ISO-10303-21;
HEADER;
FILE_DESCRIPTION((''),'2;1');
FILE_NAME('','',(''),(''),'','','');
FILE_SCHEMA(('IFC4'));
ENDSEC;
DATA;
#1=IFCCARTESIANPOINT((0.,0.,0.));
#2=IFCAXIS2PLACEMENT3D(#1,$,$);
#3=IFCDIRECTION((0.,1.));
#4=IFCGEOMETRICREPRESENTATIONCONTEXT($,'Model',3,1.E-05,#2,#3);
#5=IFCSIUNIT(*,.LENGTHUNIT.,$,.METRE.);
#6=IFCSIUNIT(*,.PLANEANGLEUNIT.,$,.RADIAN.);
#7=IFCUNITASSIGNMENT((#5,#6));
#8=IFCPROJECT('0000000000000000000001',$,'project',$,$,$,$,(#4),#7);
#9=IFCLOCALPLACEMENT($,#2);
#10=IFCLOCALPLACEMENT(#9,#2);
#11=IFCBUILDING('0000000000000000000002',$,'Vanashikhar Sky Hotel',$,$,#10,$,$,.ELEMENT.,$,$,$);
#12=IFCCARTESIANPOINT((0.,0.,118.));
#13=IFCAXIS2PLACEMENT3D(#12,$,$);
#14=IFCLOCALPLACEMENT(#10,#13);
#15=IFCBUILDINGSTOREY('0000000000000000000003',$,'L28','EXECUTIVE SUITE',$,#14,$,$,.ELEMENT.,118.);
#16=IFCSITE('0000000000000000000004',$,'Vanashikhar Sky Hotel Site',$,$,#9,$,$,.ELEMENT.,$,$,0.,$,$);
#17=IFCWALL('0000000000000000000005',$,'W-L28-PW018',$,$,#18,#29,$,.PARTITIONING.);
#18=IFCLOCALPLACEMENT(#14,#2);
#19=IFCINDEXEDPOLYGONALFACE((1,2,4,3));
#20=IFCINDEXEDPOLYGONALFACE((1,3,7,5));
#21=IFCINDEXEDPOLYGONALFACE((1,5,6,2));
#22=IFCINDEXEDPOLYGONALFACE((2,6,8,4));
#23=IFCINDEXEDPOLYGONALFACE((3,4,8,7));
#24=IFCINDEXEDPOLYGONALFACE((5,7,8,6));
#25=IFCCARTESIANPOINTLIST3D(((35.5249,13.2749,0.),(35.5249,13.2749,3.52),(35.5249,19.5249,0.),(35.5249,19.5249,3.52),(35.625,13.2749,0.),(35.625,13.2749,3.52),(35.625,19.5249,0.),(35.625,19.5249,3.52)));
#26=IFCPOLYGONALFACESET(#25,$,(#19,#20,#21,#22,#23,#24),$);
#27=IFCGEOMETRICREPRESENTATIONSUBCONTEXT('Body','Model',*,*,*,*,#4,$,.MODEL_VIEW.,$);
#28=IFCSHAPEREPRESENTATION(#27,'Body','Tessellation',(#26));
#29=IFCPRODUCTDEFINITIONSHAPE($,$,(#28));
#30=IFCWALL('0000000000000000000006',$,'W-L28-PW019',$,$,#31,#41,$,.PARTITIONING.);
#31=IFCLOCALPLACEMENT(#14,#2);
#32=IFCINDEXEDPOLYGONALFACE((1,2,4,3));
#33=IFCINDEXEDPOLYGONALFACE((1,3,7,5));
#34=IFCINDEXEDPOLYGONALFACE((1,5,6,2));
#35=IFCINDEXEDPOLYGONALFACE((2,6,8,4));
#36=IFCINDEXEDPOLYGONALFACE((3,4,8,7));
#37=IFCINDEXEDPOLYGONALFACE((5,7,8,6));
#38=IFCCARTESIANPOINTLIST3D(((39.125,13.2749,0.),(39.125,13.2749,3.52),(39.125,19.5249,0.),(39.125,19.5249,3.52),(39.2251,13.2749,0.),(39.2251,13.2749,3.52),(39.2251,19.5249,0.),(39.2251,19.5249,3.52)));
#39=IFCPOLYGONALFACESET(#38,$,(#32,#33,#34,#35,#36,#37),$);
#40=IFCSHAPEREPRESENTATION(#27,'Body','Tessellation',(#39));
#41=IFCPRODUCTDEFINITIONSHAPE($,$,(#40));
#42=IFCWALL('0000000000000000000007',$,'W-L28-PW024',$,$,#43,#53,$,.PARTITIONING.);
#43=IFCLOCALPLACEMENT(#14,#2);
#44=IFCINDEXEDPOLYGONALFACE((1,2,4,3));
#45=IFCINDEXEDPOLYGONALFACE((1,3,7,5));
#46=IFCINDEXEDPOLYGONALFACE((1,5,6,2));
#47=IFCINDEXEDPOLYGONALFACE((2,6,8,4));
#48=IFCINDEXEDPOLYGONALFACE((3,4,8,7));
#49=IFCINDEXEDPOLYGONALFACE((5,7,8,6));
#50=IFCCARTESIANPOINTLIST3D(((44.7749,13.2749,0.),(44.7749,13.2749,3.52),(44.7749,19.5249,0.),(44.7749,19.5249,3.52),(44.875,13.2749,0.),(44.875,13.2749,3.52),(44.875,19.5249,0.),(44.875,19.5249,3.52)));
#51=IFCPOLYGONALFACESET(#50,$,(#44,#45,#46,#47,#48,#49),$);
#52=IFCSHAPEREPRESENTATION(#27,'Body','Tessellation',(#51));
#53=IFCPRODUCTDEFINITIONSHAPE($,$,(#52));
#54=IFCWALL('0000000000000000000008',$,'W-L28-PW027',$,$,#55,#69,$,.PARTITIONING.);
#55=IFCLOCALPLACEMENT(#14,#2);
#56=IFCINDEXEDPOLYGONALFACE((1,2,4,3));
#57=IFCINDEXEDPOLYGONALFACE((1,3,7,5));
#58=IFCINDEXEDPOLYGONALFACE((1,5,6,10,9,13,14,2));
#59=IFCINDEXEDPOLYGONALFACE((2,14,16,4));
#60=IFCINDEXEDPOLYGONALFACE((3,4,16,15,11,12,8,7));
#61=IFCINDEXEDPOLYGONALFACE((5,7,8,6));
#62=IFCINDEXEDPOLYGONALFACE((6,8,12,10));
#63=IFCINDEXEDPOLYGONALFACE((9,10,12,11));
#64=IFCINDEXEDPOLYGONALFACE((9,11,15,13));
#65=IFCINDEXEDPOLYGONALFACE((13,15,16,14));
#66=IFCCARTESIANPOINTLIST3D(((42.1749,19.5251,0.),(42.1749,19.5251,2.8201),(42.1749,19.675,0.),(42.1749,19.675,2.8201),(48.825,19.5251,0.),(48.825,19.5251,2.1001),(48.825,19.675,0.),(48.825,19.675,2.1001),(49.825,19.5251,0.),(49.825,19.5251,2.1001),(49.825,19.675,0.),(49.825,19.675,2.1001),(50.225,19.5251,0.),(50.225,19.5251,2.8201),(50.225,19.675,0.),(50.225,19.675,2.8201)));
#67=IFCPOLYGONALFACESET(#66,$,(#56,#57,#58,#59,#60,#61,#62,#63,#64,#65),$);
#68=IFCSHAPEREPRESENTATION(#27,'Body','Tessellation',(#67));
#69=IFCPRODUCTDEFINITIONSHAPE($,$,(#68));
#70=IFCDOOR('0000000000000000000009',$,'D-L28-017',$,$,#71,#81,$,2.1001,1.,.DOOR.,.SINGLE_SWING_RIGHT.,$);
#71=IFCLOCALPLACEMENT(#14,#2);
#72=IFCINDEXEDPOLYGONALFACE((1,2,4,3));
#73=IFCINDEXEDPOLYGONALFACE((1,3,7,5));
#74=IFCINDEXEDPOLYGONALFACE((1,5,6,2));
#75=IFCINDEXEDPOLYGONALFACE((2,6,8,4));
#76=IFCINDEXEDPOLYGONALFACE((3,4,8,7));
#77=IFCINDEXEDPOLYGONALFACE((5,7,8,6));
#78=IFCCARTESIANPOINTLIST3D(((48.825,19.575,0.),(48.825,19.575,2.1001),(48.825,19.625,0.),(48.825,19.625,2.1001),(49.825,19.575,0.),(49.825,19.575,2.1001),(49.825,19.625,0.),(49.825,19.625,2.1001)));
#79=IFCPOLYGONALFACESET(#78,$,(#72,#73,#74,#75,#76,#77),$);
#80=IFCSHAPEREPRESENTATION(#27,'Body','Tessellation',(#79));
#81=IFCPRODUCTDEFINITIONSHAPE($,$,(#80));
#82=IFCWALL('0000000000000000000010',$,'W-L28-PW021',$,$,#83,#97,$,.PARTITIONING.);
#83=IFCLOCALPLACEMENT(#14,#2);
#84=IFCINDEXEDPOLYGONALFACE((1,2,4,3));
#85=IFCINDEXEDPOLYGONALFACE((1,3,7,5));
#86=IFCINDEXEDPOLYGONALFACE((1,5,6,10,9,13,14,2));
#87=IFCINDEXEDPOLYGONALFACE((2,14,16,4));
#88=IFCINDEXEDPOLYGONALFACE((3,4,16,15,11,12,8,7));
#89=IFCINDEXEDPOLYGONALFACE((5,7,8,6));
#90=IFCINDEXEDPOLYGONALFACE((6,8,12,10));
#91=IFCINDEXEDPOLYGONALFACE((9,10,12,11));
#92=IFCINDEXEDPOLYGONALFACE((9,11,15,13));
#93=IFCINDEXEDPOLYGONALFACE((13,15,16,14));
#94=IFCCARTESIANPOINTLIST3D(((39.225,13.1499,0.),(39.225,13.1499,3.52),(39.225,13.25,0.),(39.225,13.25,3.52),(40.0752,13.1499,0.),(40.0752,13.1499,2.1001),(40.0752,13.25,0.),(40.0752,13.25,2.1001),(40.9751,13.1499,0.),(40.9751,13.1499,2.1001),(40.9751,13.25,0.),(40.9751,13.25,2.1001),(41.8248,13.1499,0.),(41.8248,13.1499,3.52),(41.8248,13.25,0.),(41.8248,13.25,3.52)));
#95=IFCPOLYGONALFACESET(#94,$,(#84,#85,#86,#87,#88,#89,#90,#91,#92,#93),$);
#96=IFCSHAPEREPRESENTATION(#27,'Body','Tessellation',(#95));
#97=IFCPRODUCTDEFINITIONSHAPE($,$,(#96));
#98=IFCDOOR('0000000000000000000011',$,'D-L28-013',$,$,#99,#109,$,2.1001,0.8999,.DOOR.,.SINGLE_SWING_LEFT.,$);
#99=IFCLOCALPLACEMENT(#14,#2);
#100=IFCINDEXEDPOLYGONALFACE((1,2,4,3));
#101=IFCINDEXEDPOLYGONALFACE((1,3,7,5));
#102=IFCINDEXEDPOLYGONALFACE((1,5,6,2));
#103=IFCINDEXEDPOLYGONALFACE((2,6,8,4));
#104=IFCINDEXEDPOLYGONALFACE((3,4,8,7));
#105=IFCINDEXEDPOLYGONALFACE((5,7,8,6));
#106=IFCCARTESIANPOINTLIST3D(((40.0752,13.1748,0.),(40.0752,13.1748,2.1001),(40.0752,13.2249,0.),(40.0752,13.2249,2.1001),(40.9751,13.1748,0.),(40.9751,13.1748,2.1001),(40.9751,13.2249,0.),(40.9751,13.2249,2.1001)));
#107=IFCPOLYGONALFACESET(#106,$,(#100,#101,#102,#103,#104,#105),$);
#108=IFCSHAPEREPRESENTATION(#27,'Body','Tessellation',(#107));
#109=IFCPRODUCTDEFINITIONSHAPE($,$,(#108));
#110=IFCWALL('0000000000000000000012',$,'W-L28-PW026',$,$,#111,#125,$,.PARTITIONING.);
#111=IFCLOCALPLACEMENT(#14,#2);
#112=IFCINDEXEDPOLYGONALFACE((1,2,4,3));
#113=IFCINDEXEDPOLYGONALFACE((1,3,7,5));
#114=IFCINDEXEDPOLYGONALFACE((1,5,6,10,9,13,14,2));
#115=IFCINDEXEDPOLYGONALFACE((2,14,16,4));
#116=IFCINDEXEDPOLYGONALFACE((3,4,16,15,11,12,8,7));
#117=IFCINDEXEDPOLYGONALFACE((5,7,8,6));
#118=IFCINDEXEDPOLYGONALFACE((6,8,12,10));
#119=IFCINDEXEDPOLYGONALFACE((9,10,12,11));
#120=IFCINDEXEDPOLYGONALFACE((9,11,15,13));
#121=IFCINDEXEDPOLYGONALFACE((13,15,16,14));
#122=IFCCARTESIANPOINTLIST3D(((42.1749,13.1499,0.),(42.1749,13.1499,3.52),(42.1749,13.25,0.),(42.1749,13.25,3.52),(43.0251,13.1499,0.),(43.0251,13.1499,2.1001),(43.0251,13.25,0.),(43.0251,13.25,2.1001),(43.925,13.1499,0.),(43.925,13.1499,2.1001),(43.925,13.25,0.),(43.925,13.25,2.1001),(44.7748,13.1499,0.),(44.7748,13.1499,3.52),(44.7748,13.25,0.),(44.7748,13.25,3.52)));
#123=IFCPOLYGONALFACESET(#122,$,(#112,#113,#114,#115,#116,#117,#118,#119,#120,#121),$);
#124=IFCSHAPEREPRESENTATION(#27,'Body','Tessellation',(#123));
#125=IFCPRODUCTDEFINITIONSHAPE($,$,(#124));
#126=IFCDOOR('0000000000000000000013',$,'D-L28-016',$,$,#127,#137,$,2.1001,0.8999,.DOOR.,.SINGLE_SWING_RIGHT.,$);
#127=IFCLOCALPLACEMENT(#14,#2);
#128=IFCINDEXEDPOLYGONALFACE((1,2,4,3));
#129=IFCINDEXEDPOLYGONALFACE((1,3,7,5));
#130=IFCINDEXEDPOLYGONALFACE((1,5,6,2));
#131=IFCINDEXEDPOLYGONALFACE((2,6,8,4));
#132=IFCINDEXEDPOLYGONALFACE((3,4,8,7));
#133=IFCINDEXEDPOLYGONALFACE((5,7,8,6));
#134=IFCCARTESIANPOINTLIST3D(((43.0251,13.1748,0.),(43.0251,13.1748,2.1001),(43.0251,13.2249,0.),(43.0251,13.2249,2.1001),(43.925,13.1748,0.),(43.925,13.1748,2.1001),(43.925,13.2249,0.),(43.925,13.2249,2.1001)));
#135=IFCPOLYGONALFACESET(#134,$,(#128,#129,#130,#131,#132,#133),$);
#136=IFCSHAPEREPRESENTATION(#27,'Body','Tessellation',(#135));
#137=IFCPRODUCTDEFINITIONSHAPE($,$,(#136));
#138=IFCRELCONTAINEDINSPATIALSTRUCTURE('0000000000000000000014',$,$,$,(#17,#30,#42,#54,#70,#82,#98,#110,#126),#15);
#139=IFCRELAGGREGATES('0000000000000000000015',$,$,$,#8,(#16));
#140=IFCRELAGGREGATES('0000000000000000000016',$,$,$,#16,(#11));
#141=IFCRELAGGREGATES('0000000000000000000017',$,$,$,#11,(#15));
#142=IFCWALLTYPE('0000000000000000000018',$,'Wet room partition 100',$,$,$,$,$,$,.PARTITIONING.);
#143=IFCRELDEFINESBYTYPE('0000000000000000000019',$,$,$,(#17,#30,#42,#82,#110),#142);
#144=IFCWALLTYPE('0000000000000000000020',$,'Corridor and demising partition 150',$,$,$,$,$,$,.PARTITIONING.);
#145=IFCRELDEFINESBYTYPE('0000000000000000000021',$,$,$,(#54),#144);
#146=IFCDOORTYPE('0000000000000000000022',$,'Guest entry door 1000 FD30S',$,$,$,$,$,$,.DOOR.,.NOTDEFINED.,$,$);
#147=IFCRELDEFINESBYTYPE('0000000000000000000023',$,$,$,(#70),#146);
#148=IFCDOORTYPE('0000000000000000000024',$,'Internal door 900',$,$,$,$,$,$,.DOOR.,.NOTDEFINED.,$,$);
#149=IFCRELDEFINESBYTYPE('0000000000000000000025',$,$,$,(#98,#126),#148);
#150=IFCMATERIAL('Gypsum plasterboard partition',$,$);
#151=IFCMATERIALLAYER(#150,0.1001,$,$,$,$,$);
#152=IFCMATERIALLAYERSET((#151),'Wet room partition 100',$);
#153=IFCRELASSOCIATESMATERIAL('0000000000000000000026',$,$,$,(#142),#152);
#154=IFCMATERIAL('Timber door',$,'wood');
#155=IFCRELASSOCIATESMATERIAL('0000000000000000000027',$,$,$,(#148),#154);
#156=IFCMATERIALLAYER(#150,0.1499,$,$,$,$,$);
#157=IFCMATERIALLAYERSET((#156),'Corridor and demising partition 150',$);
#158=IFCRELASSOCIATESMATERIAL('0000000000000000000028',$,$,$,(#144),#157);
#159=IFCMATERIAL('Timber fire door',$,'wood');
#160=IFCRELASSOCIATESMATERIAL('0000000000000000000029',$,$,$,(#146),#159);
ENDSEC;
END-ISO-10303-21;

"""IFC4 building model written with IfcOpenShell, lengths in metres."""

from ifc_helpers import new_model, si_unit, direction, frame, frame_2d, origin, place, context, subcontext, project, spatial, rectangle, extrude, source, transform, mapped, material, layer, layer_set, type_object, element, fill, save


model = new_model("IFC4")

# Units and contexts
model_context = context("Model", 3, precision=1e-05, world=origin(), true_north=direction((0.0, 1.0)))
body_context = subcontext(model_context, "Body", "Model", "MODEL_VIEW")
ifc_project = project(units=[si_unit("LENGTHUNIT", "METRE"), si_unit("PLANEANGLEUNIT", "RADIAN")], contexts=[model_context])

# Site, building, storey
site_placement = place(None, origin())
site = spatial("IfcSite", under=ifc_project, at=site_placement, Name="Vanashikhar Sky Hotel Site", CompositionType="ELEMENT", RefElevation=0.0)
building_placement = place(site_placement, origin())
building = spatial("IfcBuilding", under=site, at=building_placement, Name="Vanashikhar Sky Hotel", CompositionType="ELEMENT")
storey_placement = place(building_placement, frame((0.0, 0.0, 118.0)))
storey = spatial("IfcBuildingStorey", under=building, at=storey_placement, Name="L28", Description="EXECUTIVE SUITE", CompositionType="ELEMENT", Elevation=118.0)

# Shared definitions
ifc_material_1 = material(Name="Gypsum plasterboard partition")
ifc_layer_1 = layer(ifc_material_1, 0.1001)
ifc_layer_set_1 = layer_set([ifc_layer_1], Name="Wet room partition 100")
wall_type_1 = type_object("IfcWallType", Name="Wet room partition 100", PredefinedType="PARTITIONING", material=ifc_layer_set_1)
shared_shape_1 = source(origin(), body_context, "Body", "SweptSolid", [
    extrude(rectangle(XDim=0.8999, YDim=2.1001, at=frame_2d((0.45, 1.05))), frame((0.0, 0.0601, 0.0), z_axis=(0.0, -1.0, 0.0), x_axis=(1.0, 0.0, 0.0)), (0.0, 0.0, 1.0), 0.1201),
])
ifc_material_2 = material(Name="Timber door", Category="wood")
door_type_1 = type_object("IfcDoorType", Name="Internal door 900", OperationType="NOTDEFINED", PredefinedType="DOOR", material=ifc_material_2)
shared_shape_2 = source(origin(), body_context, "Body", "SweptSolid", [
    extrude(rectangle(XDim=0.8999, YDim=2.1001, at=frame_2d((0.45, 1.05))), frame((0.0, 0.0249, 0.0), z_axis=(0.0, -1.0, 0.0), x_axis=(1.0, 0.0, 0.0)), (0.0, 0.0, 1.0), 0.05),
])

# Walls
shared_shape_3 = source(origin(), body_context, "Body", "SweptSolid", [
    extrude(rectangle(XDim=6.25, YDim=0.1001, at=frame_2d((3.125, 0.0))), origin(), (0.0, 0.0, 1.0), 3.52),
])
for number, where, z_axis, x_axis, name in (
    (1, (35.575, 13.2749, 0.0), (0.0, 0.0, 1.0), (0.0, 1.0, 0.0), "W-L28-PW018"),
    (2, (39.175, 13.2749, 0.0), (0.0, 0.0, 1.0), (0.0, 1.0, 0.0), "W-L28-PW019"),
    (3, (44.825, 13.2749, 0.0), (0.0, 0.0, 1.0), (0.0, 1.0, 0.0), "W-L28-PW024"),
):
    element("IfcWall", number, at=place(storey_placement, frame(where, z_axis=z_axis, x_axis=x_axis)), inside=storey, type_object=wall_type_1, Name=name, PredefinedType="PARTITIONING", context=body_context, shape_type="MappedRepresentation", body=[
        mapped(shared_shape_3, transform((0.0, 0.0, 0.0), scale=1.0)),
    ])

# Walls, openings, doors
ifc_layer_2 = layer(ifc_material_1, 0.1499)
ifc_layer_set_2 = layer_set([ifc_layer_2], Name="Corridor and demising partition 150")
wall_type_2 = type_object("IfcWallType", Name="Corridor and demising partition 150", PredefinedType="PARTITIONING", material=ifc_layer_set_2)
shared_shape_4 = source(origin(), body_context, "Body", "SweptSolid", [
    extrude(rectangle(XDim=8.05, YDim=0.1499, at=frame_2d((4.0249, 0.0))), origin(), (0.0, 0.0, 1.0), 2.8201),
])
wall_1_placement = place(storey_placement, frame((42.175, 19.6001, 0.0), z_axis=(0.0, 0.0, 1.0), x_axis=(1.0, 0.0, 0.0)))
wall_1 = element("IfcWall", 4, at=wall_1_placement, inside=storey, type_object=wall_type_2, Name="W-L28-PW027", PredefinedType="PARTITIONING", context=body_context, shape_type="MappedRepresentation", body=[
    mapped(shared_shape_4, transform((0.0, 0.0, 0.0), scale=1.0)),
])
shared_shape_5 = source(origin(), body_context, "Body", "SweptSolid", [
    extrude(rectangle(XDim=1.0, YDim=2.1001, at=frame_2d((0.5, 1.05))), frame((0.0, 0.085, 0.0), z_axis=(0.0, -1.0, 0.0), x_axis=(1.0, 0.0, 0.0)), (0.0, 0.0, 1.0), 0.1699),
])
opening_1_placement = place(wall_1_placement, frame((6.6499, 0.0, 0.0)))
opening_1 = element("IfcOpeningElement", 5, at=opening_1_placement, cuts=wall_1, PredefinedType="OPENING", context=body_context, shape_type="MappedRepresentation", body=[
    mapped(shared_shape_5, transform((0.0, 0.0, 0.0), scale=1.0)),
])
ifc_material_3 = material(Name="Timber fire door", Category="wood")
door_type_2 = type_object("IfcDoorType", Name="Guest entry door 1000 FD30S", OperationType="NOTDEFINED", PredefinedType="DOOR", material=ifc_material_3)
shared_shape_6 = source(origin(), body_context, "Body", "SweptSolid", [
    extrude(rectangle(XDim=1.0, YDim=2.1001, at=frame_2d((0.5, 1.05))), frame((0.0, 0.0249, 0.0), z_axis=(0.0, -1.0, 0.0), x_axis=(1.0, 0.0, 0.0)), (0.0, 0.0, 1.0), 0.05),
])
door_1_placement = place(opening_1_placement, origin())
door_1 = element("IfcDoor", 6, at=door_1_placement, inside=storey, type_object=door_type_2, Name="D-L28-017", OperationType="SINGLE_SWING_RIGHT", OverallHeight=2.1001, OverallWidth=1.0, PredefinedType="DOOR", context=body_context, shape_type="MappedRepresentation", body=[
    mapped(shared_shape_6, transform((0.0, 0.0, 0.0), scale=1.0)),
])
fill(opening_1, door_1)
shared_shape_7 = source(origin(), body_context, "Body", "SweptSolid", [
    extrude(rectangle(XDim=2.5999, YDim=0.1001, at=frame_2d((1.2998, 0.0))), origin(), (0.0, 0.0, 1.0), 3.52),
])
wall_2_placement = place(storey_placement, frame((39.2251, 13.2, 0.0), z_axis=(0.0, 0.0, 1.0), x_axis=(1.0, 0.0, 0.0)))
wall_2 = element("IfcWall", 7, at=wall_2_placement, inside=storey, type_object=wall_type_1, Name="W-L28-PW021", PredefinedType="PARTITIONING", context=body_context, shape_type="MappedRepresentation", body=[
    mapped(shared_shape_7, transform((0.0, 0.0, 0.0), scale=1.0)),
])
opening_2_placement = place(wall_2_placement, frame((0.8501, 0.0, 0.0)))
opening_2 = element("IfcOpeningElement", 8, at=opening_2_placement, cuts=wall_2, PredefinedType="OPENING", context=body_context, shape_type="MappedRepresentation", body=[
    mapped(shared_shape_1, transform((0.0, 0.0, 0.0), scale=1.0)),
])
door_2_placement = place(opening_2_placement, origin())
door_2 = element("IfcDoor", 9, at=door_2_placement, inside=storey, type_object=door_type_1, Name="D-L28-013", OperationType="SINGLE_SWING_LEFT", OverallHeight=2.1001, OverallWidth=0.8999, PredefinedType="DOOR", context=body_context, shape_type="MappedRepresentation", body=[
    mapped(shared_shape_2, transform((0.0, 0.0, 0.0), scale=1.0)),
])
fill(opening_2, door_2)
wall_3_placement = place(storey_placement, frame((42.175, 13.2, 0.0), z_axis=(0.0, 0.0, 1.0), x_axis=(1.0, 0.0, 0.0)))
wall_3 = element("IfcWall", 10, at=wall_3_placement, inside=storey, type_object=wall_type_1, Name="W-L28-PW026", PredefinedType="PARTITIONING", context=body_context, shape_type="MappedRepresentation", body=[
    mapped(shared_shape_7, transform((0.0, 0.0, 0.0), scale=1.0)),
])
opening_3_placement = place(wall_3_placement, frame((0.8501, 0.0, 0.0)))
opening_3 = element("IfcOpeningElement", 11, at=opening_3_placement, cuts=wall_3, PredefinedType="OPENING", context=body_context, shape_type="MappedRepresentation", body=[
    mapped(shared_shape_1, transform((0.0, 0.0, 0.0), scale=1.0)),
])
door_3_placement = place(opening_3_placement, origin())
door_3 = element("IfcDoor", 12, at=door_3_placement, inside=storey, type_object=door_type_1, Name="D-L28-016", OperationType="SINGLE_SWING_RIGHT", OverallHeight=2.1001, OverallWidth=0.8999, PredefinedType="DOOR", context=body_context, shape_type="MappedRepresentation", body=[
    mapped(shared_shape_2, transform((0.0, 0.0, 0.0), scale=1.0)),
])
fill(opening_3, door_3)

save(model, "model.ifc")
